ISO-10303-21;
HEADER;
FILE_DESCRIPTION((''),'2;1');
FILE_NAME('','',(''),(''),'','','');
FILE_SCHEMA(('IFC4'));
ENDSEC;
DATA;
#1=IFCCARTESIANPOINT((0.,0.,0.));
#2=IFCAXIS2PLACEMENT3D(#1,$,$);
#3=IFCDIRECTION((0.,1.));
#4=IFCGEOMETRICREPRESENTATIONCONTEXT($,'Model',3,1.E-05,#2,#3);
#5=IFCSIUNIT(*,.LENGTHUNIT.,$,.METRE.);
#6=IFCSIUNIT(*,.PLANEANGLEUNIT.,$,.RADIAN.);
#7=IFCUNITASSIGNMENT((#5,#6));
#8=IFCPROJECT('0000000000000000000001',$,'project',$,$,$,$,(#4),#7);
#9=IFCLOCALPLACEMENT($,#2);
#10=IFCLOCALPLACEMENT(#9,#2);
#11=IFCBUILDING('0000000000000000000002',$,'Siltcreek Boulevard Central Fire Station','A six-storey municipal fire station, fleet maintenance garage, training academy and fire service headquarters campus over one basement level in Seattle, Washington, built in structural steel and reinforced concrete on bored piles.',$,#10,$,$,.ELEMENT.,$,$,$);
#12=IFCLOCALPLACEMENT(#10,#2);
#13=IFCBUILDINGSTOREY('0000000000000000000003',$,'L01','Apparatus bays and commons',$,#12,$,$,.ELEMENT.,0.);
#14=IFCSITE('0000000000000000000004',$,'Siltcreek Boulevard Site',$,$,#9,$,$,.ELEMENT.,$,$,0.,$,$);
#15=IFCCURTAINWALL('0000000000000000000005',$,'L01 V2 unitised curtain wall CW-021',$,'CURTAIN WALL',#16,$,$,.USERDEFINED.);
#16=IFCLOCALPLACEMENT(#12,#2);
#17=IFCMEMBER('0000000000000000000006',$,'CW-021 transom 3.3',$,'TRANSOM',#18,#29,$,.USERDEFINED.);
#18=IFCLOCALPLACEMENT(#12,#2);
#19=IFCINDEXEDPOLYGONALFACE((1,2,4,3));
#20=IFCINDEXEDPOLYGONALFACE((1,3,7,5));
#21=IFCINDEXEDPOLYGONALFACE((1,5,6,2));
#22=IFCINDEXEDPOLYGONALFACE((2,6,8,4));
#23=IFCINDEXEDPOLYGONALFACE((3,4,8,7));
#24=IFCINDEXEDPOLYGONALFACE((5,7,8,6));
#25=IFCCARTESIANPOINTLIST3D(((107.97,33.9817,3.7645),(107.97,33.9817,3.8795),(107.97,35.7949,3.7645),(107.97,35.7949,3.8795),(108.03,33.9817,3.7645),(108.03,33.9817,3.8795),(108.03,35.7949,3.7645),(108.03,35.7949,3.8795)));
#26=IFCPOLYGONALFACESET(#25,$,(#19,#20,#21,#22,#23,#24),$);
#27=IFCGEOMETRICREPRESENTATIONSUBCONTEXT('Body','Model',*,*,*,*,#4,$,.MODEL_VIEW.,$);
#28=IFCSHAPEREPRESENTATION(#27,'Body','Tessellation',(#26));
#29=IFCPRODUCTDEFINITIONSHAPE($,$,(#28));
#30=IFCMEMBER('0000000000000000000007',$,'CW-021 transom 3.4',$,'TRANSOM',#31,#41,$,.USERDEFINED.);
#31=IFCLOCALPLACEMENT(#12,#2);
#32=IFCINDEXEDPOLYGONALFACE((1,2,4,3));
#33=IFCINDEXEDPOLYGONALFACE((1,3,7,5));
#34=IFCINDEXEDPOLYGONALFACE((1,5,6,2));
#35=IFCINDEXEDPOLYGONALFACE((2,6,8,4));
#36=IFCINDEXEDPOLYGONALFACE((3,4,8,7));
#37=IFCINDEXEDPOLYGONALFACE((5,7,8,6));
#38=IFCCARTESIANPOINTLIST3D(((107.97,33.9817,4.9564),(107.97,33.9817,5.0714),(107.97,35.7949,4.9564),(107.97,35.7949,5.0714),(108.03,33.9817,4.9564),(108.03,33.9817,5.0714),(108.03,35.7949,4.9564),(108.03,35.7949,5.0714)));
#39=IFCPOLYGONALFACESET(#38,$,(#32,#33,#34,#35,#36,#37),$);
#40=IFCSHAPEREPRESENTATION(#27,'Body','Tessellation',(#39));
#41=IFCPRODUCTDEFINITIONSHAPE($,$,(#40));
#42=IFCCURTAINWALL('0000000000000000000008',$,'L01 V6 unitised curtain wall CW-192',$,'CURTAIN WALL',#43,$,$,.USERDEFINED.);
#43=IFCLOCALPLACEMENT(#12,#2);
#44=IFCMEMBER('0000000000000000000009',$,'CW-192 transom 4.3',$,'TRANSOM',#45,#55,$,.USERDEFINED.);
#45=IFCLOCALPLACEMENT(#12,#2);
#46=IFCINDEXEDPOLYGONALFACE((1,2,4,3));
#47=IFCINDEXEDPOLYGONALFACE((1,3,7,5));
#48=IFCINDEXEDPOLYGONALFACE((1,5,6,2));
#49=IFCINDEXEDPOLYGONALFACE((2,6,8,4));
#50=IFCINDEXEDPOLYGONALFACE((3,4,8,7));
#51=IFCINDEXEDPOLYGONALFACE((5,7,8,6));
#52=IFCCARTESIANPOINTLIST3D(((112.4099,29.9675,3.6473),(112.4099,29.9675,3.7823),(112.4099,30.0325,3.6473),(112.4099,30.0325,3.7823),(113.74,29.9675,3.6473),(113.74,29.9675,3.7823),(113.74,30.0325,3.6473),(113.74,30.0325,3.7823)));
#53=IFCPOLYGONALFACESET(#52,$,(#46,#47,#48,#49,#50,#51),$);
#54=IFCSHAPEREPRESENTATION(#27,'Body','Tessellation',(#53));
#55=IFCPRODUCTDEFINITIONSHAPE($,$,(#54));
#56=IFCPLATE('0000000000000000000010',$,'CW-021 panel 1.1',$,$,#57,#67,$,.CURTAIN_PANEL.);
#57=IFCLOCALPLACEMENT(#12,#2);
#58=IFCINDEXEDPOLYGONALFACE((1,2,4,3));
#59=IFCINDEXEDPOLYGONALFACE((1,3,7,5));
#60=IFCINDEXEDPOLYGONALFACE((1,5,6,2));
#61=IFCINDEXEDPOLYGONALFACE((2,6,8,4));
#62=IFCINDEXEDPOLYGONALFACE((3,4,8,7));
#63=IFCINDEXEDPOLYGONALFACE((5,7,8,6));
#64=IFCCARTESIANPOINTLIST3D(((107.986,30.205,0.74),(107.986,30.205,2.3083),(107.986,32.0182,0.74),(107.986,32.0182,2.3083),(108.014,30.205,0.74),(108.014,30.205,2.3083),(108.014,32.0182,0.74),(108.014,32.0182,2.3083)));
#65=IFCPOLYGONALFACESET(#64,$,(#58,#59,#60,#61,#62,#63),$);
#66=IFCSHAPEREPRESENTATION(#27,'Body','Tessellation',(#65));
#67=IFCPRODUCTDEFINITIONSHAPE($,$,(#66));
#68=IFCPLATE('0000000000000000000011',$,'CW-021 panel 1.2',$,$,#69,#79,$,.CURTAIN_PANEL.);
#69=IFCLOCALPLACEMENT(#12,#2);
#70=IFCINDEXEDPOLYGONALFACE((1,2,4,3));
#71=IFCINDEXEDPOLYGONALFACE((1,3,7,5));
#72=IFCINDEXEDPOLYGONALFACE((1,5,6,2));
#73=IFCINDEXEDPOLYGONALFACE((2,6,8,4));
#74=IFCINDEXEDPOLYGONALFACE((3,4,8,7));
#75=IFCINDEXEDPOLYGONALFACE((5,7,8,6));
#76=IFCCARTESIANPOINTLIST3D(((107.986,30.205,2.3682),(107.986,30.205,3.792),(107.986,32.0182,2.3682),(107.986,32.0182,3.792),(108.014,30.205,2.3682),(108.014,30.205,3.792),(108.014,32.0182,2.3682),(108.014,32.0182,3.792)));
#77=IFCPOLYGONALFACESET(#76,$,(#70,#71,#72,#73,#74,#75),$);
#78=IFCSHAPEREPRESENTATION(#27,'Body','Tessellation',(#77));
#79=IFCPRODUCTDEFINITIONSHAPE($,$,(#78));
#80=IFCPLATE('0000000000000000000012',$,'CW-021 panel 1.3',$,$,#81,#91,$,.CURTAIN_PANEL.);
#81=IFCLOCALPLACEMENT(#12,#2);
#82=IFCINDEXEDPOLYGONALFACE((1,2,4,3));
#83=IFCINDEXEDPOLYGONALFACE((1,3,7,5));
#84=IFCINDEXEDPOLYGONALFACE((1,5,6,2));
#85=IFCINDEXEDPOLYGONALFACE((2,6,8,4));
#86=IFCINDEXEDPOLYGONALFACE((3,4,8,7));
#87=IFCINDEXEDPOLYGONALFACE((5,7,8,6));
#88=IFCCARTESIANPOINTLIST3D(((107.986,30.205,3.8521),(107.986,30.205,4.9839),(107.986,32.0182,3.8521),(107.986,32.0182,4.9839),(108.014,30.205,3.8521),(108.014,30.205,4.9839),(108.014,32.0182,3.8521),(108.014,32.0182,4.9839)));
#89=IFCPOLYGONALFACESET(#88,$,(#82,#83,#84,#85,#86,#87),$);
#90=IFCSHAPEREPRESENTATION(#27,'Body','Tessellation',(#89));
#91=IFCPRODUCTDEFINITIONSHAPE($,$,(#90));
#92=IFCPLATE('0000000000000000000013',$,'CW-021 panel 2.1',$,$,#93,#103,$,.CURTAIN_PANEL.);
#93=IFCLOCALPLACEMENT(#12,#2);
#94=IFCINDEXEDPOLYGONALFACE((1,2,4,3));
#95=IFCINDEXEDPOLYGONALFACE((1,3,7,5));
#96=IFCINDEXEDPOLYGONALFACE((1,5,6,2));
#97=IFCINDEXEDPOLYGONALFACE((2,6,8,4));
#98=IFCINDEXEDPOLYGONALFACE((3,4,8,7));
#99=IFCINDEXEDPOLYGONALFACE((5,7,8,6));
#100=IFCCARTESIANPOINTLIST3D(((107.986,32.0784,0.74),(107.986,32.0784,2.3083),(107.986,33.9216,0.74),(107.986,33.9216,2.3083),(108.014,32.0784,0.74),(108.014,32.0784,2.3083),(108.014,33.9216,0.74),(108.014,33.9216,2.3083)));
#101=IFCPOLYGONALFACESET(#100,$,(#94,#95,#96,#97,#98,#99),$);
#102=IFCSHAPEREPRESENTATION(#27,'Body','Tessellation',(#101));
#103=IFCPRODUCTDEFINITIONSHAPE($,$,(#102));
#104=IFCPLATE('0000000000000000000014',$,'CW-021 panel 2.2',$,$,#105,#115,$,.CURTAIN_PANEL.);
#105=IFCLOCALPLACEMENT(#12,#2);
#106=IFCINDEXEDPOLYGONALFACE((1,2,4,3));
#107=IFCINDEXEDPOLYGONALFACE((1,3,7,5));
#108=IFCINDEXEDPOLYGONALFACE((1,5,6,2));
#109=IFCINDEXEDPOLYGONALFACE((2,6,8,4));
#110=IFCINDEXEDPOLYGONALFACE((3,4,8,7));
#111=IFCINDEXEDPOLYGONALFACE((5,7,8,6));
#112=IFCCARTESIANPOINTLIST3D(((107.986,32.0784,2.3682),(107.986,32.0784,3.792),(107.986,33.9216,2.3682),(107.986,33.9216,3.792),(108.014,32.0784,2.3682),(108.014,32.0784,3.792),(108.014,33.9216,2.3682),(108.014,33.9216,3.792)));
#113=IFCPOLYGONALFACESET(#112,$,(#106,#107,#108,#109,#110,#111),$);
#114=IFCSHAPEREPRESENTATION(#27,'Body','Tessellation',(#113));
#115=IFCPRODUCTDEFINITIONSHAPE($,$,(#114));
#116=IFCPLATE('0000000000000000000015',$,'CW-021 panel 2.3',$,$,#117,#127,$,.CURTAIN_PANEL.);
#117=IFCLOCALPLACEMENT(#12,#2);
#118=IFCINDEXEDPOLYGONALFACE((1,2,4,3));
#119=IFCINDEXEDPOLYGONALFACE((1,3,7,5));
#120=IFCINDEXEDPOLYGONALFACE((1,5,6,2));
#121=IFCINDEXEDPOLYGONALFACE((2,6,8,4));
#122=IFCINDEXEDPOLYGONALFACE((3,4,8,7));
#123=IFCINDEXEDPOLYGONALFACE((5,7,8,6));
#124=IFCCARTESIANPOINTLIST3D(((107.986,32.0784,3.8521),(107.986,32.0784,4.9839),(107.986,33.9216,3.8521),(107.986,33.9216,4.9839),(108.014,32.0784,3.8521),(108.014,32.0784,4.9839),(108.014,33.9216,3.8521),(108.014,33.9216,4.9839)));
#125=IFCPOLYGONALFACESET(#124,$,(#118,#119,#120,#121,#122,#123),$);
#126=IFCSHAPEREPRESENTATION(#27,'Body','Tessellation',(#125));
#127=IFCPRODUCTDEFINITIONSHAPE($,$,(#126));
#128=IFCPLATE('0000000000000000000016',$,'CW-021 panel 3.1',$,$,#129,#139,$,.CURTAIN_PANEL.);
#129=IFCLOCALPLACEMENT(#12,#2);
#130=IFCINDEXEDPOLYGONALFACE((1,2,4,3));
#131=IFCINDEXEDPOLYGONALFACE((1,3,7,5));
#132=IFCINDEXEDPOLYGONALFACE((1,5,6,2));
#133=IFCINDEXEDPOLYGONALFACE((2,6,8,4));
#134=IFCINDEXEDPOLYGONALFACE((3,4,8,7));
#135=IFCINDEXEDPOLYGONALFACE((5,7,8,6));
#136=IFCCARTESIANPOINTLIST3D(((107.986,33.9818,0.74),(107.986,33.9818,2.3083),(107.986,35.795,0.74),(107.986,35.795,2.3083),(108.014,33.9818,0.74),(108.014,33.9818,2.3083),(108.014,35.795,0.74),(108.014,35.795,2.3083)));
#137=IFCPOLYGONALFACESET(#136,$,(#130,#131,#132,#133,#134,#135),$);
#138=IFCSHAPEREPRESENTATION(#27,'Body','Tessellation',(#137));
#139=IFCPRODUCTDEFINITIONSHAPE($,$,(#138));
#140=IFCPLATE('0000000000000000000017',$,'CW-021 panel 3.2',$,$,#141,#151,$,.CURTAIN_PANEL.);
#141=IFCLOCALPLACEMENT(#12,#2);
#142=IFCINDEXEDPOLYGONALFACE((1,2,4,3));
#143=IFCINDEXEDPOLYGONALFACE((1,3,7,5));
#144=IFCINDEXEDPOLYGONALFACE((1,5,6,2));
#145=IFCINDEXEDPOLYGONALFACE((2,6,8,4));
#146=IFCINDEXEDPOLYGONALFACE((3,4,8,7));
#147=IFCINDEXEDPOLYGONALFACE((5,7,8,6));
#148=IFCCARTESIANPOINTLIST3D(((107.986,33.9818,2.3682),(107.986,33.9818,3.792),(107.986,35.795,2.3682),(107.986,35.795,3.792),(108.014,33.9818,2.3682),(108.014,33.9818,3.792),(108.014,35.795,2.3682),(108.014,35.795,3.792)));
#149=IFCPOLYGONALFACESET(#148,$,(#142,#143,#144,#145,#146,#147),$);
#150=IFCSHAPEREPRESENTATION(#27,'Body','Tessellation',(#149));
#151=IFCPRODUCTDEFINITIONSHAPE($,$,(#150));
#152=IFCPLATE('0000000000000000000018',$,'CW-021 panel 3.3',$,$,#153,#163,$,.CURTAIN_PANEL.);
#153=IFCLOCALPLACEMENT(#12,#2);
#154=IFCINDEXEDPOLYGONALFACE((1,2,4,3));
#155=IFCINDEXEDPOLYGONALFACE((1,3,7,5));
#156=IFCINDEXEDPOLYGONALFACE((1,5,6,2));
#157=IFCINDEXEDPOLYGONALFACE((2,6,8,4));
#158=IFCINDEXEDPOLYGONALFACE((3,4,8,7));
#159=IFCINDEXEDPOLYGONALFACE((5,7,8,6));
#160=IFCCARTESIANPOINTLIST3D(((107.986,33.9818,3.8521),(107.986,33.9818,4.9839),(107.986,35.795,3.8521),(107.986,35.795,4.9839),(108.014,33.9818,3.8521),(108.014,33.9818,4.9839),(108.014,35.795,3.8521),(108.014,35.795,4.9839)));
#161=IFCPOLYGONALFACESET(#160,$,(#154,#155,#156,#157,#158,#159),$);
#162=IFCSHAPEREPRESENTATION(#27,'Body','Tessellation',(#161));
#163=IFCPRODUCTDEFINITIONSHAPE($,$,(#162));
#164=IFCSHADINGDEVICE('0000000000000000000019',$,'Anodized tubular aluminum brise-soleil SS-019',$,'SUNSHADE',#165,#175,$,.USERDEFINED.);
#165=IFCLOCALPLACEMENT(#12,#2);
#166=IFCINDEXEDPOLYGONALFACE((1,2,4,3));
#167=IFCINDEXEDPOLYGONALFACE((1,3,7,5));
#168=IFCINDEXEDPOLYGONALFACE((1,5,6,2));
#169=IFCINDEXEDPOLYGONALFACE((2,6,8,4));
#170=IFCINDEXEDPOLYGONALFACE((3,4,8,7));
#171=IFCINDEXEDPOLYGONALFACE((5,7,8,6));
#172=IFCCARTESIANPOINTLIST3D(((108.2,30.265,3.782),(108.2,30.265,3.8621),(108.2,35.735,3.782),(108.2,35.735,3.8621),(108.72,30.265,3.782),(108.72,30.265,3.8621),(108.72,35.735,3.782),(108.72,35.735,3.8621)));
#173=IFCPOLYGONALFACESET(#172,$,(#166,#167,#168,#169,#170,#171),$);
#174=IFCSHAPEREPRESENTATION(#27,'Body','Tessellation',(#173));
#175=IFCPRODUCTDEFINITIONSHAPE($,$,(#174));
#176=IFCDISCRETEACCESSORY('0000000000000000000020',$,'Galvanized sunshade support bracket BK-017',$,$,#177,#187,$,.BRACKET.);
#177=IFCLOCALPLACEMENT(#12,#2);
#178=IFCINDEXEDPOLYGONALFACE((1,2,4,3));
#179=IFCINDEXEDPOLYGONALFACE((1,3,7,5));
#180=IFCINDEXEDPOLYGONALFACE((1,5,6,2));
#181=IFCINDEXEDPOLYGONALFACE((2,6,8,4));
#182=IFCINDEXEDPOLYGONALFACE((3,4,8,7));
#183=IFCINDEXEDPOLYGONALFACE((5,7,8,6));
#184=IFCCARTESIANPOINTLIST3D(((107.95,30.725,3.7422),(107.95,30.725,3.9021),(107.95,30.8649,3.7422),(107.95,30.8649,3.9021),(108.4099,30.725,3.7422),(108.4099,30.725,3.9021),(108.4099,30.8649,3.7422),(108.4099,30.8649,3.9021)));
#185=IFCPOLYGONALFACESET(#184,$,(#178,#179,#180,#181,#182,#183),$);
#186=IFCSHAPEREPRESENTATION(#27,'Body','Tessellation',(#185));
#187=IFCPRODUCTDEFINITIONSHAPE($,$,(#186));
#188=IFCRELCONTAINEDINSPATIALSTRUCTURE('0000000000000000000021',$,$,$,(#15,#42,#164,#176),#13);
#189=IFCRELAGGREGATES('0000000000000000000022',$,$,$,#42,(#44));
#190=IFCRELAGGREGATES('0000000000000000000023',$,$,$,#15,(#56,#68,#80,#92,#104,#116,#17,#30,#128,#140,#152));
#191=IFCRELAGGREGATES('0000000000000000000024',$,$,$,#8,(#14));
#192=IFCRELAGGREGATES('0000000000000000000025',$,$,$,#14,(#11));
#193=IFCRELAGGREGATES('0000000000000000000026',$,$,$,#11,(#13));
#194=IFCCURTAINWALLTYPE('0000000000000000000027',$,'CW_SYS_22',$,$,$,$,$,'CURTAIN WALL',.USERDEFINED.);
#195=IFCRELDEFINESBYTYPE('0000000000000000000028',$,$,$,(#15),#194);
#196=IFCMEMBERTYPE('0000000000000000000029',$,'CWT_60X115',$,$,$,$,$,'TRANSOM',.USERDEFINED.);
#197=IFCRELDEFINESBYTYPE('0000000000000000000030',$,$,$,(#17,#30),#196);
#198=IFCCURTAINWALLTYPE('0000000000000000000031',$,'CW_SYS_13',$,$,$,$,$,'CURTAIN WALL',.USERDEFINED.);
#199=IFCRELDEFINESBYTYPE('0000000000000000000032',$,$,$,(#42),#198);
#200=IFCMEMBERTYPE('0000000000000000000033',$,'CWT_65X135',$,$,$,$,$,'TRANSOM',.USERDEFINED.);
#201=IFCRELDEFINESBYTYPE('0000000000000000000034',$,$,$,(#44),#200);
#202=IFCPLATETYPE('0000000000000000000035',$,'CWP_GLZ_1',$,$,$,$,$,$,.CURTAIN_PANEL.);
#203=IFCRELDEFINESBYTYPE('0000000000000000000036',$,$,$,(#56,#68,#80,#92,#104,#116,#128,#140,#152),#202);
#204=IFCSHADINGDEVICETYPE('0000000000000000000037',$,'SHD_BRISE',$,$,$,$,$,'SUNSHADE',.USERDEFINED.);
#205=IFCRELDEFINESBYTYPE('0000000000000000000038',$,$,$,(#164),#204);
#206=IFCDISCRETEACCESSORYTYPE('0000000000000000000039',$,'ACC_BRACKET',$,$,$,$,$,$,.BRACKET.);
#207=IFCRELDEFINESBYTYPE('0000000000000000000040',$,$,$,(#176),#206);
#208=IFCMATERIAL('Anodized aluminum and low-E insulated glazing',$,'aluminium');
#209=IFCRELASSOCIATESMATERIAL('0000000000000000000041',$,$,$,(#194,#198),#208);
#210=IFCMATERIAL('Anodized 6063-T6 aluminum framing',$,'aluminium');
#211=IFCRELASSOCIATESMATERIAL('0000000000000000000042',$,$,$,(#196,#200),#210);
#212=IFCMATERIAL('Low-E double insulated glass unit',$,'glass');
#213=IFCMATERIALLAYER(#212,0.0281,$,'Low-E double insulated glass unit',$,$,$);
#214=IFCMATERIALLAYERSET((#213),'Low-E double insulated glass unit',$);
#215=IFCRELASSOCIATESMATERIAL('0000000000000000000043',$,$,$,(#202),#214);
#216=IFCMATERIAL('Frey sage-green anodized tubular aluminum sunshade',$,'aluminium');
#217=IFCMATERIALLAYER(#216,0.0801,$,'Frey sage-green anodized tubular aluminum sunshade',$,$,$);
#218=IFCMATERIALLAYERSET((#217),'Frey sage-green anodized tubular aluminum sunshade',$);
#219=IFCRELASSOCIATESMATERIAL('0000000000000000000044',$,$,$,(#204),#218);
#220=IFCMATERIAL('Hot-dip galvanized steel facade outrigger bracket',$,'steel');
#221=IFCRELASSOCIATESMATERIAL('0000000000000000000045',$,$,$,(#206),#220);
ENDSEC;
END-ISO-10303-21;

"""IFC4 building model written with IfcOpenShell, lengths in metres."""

from ifc_helpers import new_model, si_unit, direction, frame, origin, origin_2d, place, context, subcontext, project, spatial, rectangle, extrude, material, layer, layer_set, material_profile, profile_set, type_object, element, aggregate, save


model = new_model("IFC4")

# Units and contexts
model_context = context("Model", 3, precision=1e-05, world=origin(), true_north=direction((0.0, 1.0)))
body_context = subcontext(model_context, "Body", "Model", "MODEL_VIEW")
ifc_project = project(units=[si_unit("LENGTHUNIT", "METRE"), si_unit("PLANEANGLEUNIT", "RADIAN")], contexts=[model_context])

# Site, building, storey
site_placement = place(None, origin())
site = spatial("IfcSite", under=ifc_project, at=site_placement, Name="Siltcreek Boulevard Site", CompositionType="ELEMENT", RefElevation=0.0)
building_placement = place(site_placement, origin())
building = spatial("IfcBuilding", under=site, at=building_placement, Name="Siltcreek Boulevard Central Fire Station", Description="A six-storey municipal fire station, fleet maintenance garage, training academy and fire service headquarters campus over one basement level in Seattle, Washington, built in structural steel and reinforced concrete on bored piles.", CompositionType="ELEMENT")
storey_placement = place(building_placement, origin())
storey = spatial("IfcBuildingStorey", under=building, at=storey_placement, Name="L01", Description="Apparatus bays and commons", CompositionType="ELEMENT", Elevation=0.0)

# Curtain wall, members
ifc_material_1 = material(Name="Anodized aluminum and low-E insulated glazing", Category="aluminium")
curtain_wall_type_1 = type_object("IfcCurtainWallType", Name="CW_SYS_22", ElementType="CURTAIN WALL", PredefinedType="USERDEFINED", material=ifc_material_1)
curtain_wall_1_placement = place(storey_placement, origin())
curtain_wall_1 = element("IfcCurtainWall", 1, at=curtain_wall_1_placement, inside=storey, type_object=curtain_wall_type_1, Name="L01 V2 unitised curtain wall CW-021", ObjectType="CURTAIN WALL", PredefinedType="USERDEFINED")
ifc_material_2 = material(Name="Anodized 6063-T6 aluminum framing", Category="aluminium")
ifc_material_profile_1 = material_profile(ifc_material_2, rectangle(XDim=0.0601, YDim=0.115, at=origin_2d()), Name="TRAN60X115")
ifc_profile_set_1 = profile_set([ifc_material_profile_1], Name="Anodized 6063-T6 aluminum framing")
member_type_1 = type_object("IfcMemberType", Name="CWT_60X115", ElementType="TRANSOM", PredefinedType="USERDEFINED", material=ifc_profile_set_1)
member_1_placement = place(storey_placement, frame((108.0, 33.9817, 3.822), z_axis=(0.0, 1.0, 0.0), x_axis=(-1.0, 0.0, 0.0)))
member_1 = element("IfcMember", 2, at=member_1_placement, type_object=member_type_1, Name="CW-021 transom 3.3", ObjectType="TRANSOM", PredefinedType="USERDEFINED", context=body_context, shape_type="SweptSolid", body=[
    extrude(rectangle(XDim=0.0601, YDim=0.115, at=origin_2d()), origin(), (0.0, 0.0, 1.0), 1.8132),
])
member_2_placement = place(storey_placement, frame((108.0, 33.9817, 5.0139), z_axis=(0.0, 1.0, 0.0), x_axis=(-1.0, 0.0, 0.0)))
member_2 = element("IfcMember", 3, at=member_2_placement, type_object=member_type_1, Name="CW-021 transom 3.4", ObjectType="TRANSOM", PredefinedType="USERDEFINED", context=body_context, shape_type="SweptSolid", body=[
    extrude(rectangle(XDim=0.0601, YDim=0.115, at=origin_2d()), origin(), (0.0, 0.0, 1.0), 1.8132),
])

# Curtain wall, member
curtain_wall_type_2 = type_object("IfcCurtainWallType", Name="CW_SYS_13", ElementType="CURTAIN WALL", PredefinedType="USERDEFINED", material=ifc_material_1)
curtain_wall_2_placement = place(storey_placement, origin())
curtain_wall_2 = element("IfcCurtainWall", 4, at=curtain_wall_2_placement, inside=storey, type_object=curtain_wall_type_2, Name="L01 V6 unitised curtain wall CW-192", ObjectType="CURTAIN WALL", PredefinedType="USERDEFINED")
ifc_material_profile_2 = material_profile(ifc_material_2, rectangle(XDim=0.0649, YDim=0.135, at=origin_2d()), Name="TRAN65X135")
ifc_profile_set_2 = profile_set([ifc_material_profile_2], Name="Anodized 6063-T6 aluminum framing")
member_type_2 = type_object("IfcMemberType", Name="CWT_65X135", ElementType="TRANSOM", PredefinedType="USERDEFINED", material=ifc_profile_set_2)
member_3_placement = place(storey_placement, frame((113.74, 30.0, 3.7148), z_axis=(-1.0, 0.0, 0.0), x_axis=(0.0, -1.0, 0.0)))
member_3 = element("IfcMember", 5, at=member_3_placement, type_object=member_type_2, Name="CW-192 transom 4.3", ObjectType="TRANSOM", PredefinedType="USERDEFINED", context=body_context, shape_type="SweptSolid", body=[
    extrude(rectangle(XDim=0.0649, YDim=0.135, at=origin_2d()), origin(), (0.0, 0.0, 1.0), 1.3301),
])
aggregate(curtain_wall_2, [member_3])

# Plates
ifc_material_3 = material(Name="Low-E double insulated glass unit", Category="glass")
ifc_layer_1 = layer(ifc_material_3, 0.0281, Name="Low-E double insulated glass unit")
ifc_layer_set_1 = layer_set([ifc_layer_1], Name="Low-E double insulated glass unit")
plate_type = type_object("IfcPlateType", Name="CWP_GLZ_1", PredefinedType="CURTAIN_PANEL", material=ifc_layer_set_1)
plate_1_placement = place(storey_placement, frame((108.0, 31.1116, 0.74), z_axis=(0.0, 0.0, 1.0), x_axis=(0.0, 1.0, 0.0)))
plate_1 = element("IfcPlate", 6, at=plate_1_placement, type_object=plate_type, Name="CW-021 panel 1.1", PredefinedType="CURTAIN_PANEL", context=body_context, shape_type="SweptSolid", body=[
    extrude(rectangle(XDim=1.8132, YDim=0.0281, at=origin_2d()), origin(), (0.0, 0.0, 1.0), 1.5684),
])
plate_2_placement = place(storey_placement, frame((108.0, 31.1116, 2.3682), z_axis=(0.0, 0.0, 1.0), x_axis=(0.0, 1.0, 0.0)))
plate_2 = element("IfcPlate", 7, at=plate_2_placement, type_object=plate_type, Name="CW-021 panel 1.2", PredefinedType="CURTAIN_PANEL", context=body_context, shape_type="SweptSolid", body=[
    extrude(rectangle(XDim=1.8132, YDim=0.0281, at=origin_2d()), origin(), (0.0, 0.0, 1.0), 1.4238),
])
plate_3_placement = place(storey_placement, frame((108.0, 31.1116, 3.8521), z_axis=(0.0, 0.0, 1.0), x_axis=(0.0, 1.0, 0.0)))
plate_3 = element("IfcPlate", 8, at=plate_3_placement, type_object=plate_type, Name="CW-021 panel 1.3", PredefinedType="CURTAIN_PANEL", context=body_context, shape_type="SweptSolid", body=[
    extrude(rectangle(XDim=1.8132, YDim=0.0281, at=origin_2d()), origin(), (0.0, 0.0, 1.0), 1.1318),
])
plate_4_placement = place(storey_placement, frame((108.0, 33.0, 0.74), z_axis=(0.0, 0.0, 1.0), x_axis=(0.0, 1.0, 0.0)))
plate_4 = element("IfcPlate", 9, at=plate_4_placement, type_object=plate_type, Name="CW-021 panel 2.1", PredefinedType="CURTAIN_PANEL", context=body_context, shape_type="SweptSolid", body=[
    extrude(rectangle(XDim=1.8433, YDim=0.0281, at=origin_2d()), origin(), (0.0, 0.0, 1.0), 1.5684),
])
plate_5_placement = place(storey_placement, frame((108.0, 33.0, 2.3682), z_axis=(0.0, 0.0, 1.0), x_axis=(0.0, 1.0, 0.0)))
plate_5 = element("IfcPlate", 10, at=plate_5_placement, type_object=plate_type, Name="CW-021 panel 2.2", PredefinedType="CURTAIN_PANEL", context=body_context, shape_type="SweptSolid", body=[
    extrude(rectangle(XDim=1.8433, YDim=0.0281, at=origin_2d()), origin(), (0.0, 0.0, 1.0), 1.4238),
])
plate_6_placement = place(storey_placement, frame((108.0, 33.0, 3.8521), z_axis=(0.0, 0.0, 1.0), x_axis=(0.0, 1.0, 0.0)))
plate_6 = element("IfcPlate", 11, at=plate_6_placement, type_object=plate_type, Name="CW-021 panel 2.3", PredefinedType="CURTAIN_PANEL", context=body_context, shape_type="SweptSolid", body=[
    extrude(rectangle(XDim=1.8433, YDim=0.0281, at=origin_2d()), origin(), (0.0, 0.0, 1.0), 1.1318),
])
plate_7_placement = place(storey_placement, frame((108.0, 34.8884, 0.74), z_axis=(0.0, 0.0, 1.0), x_axis=(0.0, 1.0, 0.0)))
plate_7 = element("IfcPlate", 12, at=plate_7_placement, type_object=plate_type, Name="CW-021 panel 3.1", PredefinedType="CURTAIN_PANEL", context=body_context, shape_type="SweptSolid", body=[
    extrude(rectangle(XDim=1.8132, YDim=0.0281, at=origin_2d()), origin(), (0.0, 0.0, 1.0), 1.5684),
])
plate_8_placement = place(storey_placement, frame((108.0, 34.8884, 2.3682), z_axis=(0.0, 0.0, 1.0), x_axis=(0.0, 1.0, 0.0)))
plate_8 = element("IfcPlate", 13, at=plate_8_placement, type_object=plate_type, Name="CW-021 panel 3.2", PredefinedType="CURTAIN_PANEL", context=body_context, shape_type="SweptSolid", body=[
    extrude(rectangle(XDim=1.8132, YDim=0.0281, at=origin_2d()), origin(), (0.0, 0.0, 1.0), 1.4238),
])
plate_9_placement = place(storey_placement, frame((108.0, 34.8884, 3.8521), z_axis=(0.0, 0.0, 1.0), x_axis=(0.0, 1.0, 0.0)))
plate_9 = element("IfcPlate", 14, at=plate_9_placement, type_object=plate_type, Name="CW-021 panel 3.3", PredefinedType="CURTAIN_PANEL", context=body_context, shape_type="SweptSolid", body=[
    extrude(rectangle(XDim=1.8132, YDim=0.0281, at=origin_2d()), origin(), (0.0, 0.0, 1.0), 1.1318),
])
aggregate(curtain_wall_1, [plate_1, plate_2, plate_3, plate_4, plate_5, plate_6, member_1, member_2, plate_7, plate_8, plate_9])

# Shading device
ifc_material_4 = material(Name="Frey sage-green anodized tubular aluminum sunshade", Category="aluminium")
ifc_layer_2 = layer(ifc_material_4, 0.0801, Name="Frey sage-green anodized tubular aluminum sunshade")
ifc_layer_set_2 = layer_set([ifc_layer_2], Name="Frey sage-green anodized tubular aluminum sunshade")
shading_device_type = type_object("IfcShadingDeviceType", Name="SHD_BRISE", ElementType="SUNSHADE", PredefinedType="USERDEFINED", material=ifc_layer_set_2)
shading_device_placement = place(storey_placement, frame((108.46, 33.0, 3.782), z_axis=(0.0, 0.0, 1.0), x_axis=(0.0, 1.0, 0.0)))
element("IfcShadingDevice", 15, at=shading_device_placement, inside=storey, type_object=shading_device_type, Name="Anodized tubular aluminum brise-soleil SS-019", ObjectType="SUNSHADE", PredefinedType="USERDEFINED", context=body_context, shape_type="SweptSolid", body=[
    extrude(rectangle(XDim=5.47, YDim=0.52, at=origin_2d()), origin(), (0.0, 0.0, 1.0), 0.0801),
])

# Discrete accessory
ifc_material_5 = material(Name="Hot-dip galvanized steel facade outrigger bracket", Category="steel")
discrete_accessory_type = type_object("IfcDiscreteAccessoryType", Name="ACC_BRACKET", PredefinedType="BRACKET", material=ifc_material_5)
for number, where, z_axis, x_axis, name in (
    (16, (108.1799, 30.7949, 3.7422), (0.0, 0.0, 1.0), (0.0, 1.0, 0.0), "Galvanized sunshade support bracket BK-017"),
):
    element("IfcDiscreteAccessory", number, at=place(storey_placement, frame(where, z_axis=z_axis, x_axis=x_axis)), inside=storey, type_object=discrete_accessory_type, Name=name, PredefinedType="BRACKET", context=body_context, shape_type="SweptSolid", body=[
        extrude(rectangle(XDim=0.1399, YDim=0.46, at=origin_2d()), origin(), (0.0, 0.0, 1.0), 0.1599),
    ])

save(model, "model.ifc")
